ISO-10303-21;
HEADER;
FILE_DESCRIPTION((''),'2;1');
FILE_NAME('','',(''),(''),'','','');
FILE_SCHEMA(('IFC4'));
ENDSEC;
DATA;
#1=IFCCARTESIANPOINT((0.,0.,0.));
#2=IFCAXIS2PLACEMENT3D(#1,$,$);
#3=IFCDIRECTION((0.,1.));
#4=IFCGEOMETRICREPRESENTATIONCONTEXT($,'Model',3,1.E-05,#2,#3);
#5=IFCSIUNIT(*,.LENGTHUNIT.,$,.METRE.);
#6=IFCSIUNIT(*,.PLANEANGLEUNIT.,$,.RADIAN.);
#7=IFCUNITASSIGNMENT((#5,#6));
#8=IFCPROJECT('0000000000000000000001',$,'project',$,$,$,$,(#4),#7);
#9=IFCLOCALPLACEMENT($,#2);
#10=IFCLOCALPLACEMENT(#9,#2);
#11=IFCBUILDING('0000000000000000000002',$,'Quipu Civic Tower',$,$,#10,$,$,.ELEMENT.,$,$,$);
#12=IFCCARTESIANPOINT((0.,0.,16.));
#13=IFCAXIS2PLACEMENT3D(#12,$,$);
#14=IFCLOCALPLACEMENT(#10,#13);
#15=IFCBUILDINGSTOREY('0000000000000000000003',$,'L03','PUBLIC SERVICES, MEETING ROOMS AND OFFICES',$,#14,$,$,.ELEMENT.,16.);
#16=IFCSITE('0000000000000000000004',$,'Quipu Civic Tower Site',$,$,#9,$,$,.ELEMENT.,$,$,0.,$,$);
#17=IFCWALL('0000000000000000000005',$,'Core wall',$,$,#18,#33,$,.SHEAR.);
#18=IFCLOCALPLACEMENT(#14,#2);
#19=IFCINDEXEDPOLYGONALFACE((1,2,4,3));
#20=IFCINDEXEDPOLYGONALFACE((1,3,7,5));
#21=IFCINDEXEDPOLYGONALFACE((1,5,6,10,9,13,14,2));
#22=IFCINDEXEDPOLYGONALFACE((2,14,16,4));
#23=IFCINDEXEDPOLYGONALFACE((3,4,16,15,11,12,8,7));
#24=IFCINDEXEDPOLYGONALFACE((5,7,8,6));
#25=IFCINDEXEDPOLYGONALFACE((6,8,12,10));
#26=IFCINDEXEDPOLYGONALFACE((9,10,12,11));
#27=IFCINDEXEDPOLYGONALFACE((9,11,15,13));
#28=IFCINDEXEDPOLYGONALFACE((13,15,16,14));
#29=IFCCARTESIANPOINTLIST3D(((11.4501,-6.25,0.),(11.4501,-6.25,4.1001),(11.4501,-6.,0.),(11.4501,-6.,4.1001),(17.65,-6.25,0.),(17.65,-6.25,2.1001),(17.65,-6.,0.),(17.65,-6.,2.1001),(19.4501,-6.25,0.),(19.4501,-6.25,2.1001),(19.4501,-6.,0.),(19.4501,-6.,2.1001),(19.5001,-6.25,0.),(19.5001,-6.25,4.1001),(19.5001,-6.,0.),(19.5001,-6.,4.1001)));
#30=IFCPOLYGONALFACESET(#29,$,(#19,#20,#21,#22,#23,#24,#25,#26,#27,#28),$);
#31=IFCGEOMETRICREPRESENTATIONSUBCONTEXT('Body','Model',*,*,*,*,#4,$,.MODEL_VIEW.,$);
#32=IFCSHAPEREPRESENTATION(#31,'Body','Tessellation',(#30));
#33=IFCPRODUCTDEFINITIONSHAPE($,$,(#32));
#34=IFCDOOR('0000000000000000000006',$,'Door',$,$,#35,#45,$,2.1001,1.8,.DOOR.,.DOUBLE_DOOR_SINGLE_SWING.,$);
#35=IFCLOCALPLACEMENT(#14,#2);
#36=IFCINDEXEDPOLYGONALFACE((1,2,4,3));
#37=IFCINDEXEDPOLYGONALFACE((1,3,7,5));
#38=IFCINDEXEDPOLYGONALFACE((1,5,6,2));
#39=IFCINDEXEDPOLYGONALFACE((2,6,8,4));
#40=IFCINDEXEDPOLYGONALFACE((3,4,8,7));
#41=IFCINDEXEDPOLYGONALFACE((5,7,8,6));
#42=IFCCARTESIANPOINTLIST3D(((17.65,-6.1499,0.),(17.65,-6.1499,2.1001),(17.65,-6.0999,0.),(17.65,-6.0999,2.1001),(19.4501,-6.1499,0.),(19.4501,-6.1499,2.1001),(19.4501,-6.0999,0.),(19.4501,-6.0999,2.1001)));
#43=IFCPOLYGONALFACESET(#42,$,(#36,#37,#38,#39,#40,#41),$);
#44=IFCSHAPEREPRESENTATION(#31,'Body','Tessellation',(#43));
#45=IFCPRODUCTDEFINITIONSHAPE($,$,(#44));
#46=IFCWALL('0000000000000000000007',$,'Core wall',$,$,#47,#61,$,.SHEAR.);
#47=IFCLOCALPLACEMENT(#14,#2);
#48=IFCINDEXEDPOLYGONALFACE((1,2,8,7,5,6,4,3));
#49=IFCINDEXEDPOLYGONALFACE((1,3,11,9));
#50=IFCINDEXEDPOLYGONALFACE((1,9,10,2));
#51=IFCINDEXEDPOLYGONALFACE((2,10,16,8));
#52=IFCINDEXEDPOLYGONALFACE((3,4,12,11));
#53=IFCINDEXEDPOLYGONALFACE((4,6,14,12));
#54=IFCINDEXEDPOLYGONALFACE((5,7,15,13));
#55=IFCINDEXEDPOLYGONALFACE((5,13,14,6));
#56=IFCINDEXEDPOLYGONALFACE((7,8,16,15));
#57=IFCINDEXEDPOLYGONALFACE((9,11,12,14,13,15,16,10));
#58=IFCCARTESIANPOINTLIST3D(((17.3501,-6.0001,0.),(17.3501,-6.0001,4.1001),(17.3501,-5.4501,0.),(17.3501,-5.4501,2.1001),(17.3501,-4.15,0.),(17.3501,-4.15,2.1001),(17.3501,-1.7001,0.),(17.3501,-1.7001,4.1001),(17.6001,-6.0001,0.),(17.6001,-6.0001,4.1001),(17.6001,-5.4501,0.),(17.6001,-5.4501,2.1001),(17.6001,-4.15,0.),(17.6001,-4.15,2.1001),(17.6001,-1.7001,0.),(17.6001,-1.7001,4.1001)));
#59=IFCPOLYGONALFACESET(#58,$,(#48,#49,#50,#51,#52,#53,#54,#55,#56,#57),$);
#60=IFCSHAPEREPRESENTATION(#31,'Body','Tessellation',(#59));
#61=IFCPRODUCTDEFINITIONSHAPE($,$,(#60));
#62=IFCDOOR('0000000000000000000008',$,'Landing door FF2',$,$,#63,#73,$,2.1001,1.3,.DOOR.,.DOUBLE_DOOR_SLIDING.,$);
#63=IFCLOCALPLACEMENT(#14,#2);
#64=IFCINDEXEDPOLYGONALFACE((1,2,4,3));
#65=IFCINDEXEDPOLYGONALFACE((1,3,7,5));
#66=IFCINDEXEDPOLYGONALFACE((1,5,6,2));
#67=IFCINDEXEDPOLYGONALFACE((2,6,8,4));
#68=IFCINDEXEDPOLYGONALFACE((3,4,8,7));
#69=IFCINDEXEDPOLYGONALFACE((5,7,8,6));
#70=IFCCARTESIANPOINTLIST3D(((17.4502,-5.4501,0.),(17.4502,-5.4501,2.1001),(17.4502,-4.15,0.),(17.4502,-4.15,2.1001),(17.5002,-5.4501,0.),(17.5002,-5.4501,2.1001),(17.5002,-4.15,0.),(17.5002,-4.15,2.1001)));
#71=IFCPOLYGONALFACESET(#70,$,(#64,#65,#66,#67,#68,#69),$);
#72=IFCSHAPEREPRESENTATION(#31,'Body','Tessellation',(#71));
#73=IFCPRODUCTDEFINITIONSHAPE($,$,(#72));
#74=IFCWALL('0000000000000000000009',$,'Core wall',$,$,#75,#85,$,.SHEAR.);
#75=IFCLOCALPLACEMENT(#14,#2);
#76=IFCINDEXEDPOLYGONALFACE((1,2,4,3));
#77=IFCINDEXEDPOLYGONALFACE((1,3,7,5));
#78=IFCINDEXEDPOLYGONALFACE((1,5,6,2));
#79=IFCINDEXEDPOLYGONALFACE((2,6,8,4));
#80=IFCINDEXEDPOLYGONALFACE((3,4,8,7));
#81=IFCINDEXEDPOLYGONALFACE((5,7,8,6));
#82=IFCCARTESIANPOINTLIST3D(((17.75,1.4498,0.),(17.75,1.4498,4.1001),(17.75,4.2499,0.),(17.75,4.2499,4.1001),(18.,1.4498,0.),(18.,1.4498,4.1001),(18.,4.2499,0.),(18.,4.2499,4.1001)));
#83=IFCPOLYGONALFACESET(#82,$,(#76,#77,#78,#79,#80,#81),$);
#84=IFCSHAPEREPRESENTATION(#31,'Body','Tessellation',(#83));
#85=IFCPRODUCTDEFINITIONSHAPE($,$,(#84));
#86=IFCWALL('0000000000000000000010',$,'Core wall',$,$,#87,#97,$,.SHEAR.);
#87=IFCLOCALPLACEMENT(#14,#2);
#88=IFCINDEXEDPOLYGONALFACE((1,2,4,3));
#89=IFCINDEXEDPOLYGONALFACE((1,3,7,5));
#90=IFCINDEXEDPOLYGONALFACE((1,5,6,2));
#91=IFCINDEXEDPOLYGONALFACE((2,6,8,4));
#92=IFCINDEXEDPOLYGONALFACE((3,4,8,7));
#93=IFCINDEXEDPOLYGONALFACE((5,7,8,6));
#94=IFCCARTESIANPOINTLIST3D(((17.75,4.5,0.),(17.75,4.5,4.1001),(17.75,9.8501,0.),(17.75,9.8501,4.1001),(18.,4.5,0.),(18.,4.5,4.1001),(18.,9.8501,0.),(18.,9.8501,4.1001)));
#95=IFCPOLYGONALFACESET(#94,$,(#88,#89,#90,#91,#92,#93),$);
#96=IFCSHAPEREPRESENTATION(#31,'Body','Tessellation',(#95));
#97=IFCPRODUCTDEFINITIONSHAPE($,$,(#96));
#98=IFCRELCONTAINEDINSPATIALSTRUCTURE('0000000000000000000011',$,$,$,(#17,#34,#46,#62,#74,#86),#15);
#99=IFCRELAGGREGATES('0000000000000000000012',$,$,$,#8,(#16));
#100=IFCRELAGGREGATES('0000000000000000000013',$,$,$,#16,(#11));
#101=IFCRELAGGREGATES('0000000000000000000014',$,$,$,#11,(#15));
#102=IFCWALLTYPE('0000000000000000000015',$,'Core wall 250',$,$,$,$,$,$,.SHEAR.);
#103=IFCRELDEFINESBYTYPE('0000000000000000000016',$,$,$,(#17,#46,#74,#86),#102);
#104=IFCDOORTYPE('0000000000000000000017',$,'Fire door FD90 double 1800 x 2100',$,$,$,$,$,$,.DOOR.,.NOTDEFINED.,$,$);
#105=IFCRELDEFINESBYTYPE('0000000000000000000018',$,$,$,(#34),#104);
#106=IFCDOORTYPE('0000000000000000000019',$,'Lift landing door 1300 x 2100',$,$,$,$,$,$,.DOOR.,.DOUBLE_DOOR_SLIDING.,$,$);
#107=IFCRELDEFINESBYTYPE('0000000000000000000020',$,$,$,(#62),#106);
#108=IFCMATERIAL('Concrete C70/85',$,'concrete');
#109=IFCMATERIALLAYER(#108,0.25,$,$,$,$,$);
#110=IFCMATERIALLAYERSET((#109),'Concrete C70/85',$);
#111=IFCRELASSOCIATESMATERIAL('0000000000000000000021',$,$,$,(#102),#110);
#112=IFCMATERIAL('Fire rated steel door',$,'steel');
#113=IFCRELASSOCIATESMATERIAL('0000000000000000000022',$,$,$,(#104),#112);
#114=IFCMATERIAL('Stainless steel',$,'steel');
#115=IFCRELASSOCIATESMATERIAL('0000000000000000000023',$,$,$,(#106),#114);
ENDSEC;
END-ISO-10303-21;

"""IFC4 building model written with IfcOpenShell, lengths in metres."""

from ifc_helpers import new_model, si_unit, direction, frame, frame_2d, origin, place, context, subcontext, project, spatial, rectangle, extrude, material, layer, layer_set, type_object, element, fill, save


model = new_model("IFC4")

# Units and contexts
model_context = context("Model", 3, precision=1e-05, world=origin(), true_north=direction((0.0, 1.0)))
body_context = subcontext(model_context, "Body", "Model", "MODEL_VIEW")
ifc_project = project(units=[si_unit("LENGTHUNIT", "METRE"), si_unit("PLANEANGLEUNIT", "RADIAN")], contexts=[model_context])

# Site, building, storey
site_placement = place(None, origin())
site = spatial("IfcSite", under=ifc_project, at=site_placement, Name="Quipu Civic Tower Site", CompositionType="ELEMENT", RefElevation=0.0)
building_placement = place(site_placement, origin())
building = spatial("IfcBuilding", under=site, at=building_placement, Name="Quipu Civic Tower", CompositionType="ELEMENT")
storey_placement = place(building_placement, frame((0.0, 0.0, 16.0)))
storey = spatial("IfcBuildingStorey", under=building, at=storey_placement, Name="L03", Description="PUBLIC SERVICES, MEETING ROOMS AND OFFICES", CompositionType="ELEMENT", Elevation=16.0)

# Walls, openings, doors
ifc_material_1 = material(Name="Concrete C70/85", Category="concrete")
ifc_layer_1 = layer(ifc_material_1, 0.25)
ifc_layer_set_1 = layer_set([ifc_layer_1], Name="Concrete C70/85")
wall_type_1 = type_object("IfcWallType", Name="Core wall 250", PredefinedType="SHEAR", material=ifc_layer_set_1)
wall_1_placement = place(storey_placement, frame((19.5, -6.125, 0.0), z_axis=(0.0, 0.0, 1.0), x_axis=(-1.0, 0.0, 0.0)))
wall_1 = element("IfcWall", 1, at=wall_1_placement, inside=storey, type_object=wall_type_1, Name="Core wall", PredefinedType="SHEAR", context=body_context, shape_type="SweptSolid", body=[
    extrude(rectangle(XDim=8.05, YDim=0.25, at=frame_2d((4.0249, 0.0))), origin(), (0.0, 0.0, 1.0), 4.1001),
])
opening_1_placement = place(wall_1_placement, frame((0.05, 0.0, 0.0)))
opening_1 = element("IfcOpeningElement", 2, at=opening_1_placement, cuts=wall_1, PredefinedType="OPENING", context=body_context, shape_type="SweptSolid", body=[
    extrude(rectangle(XDim=1.8, YDim=2.1001, at=frame_2d((0.8999, 1.05))), frame((0.0, 0.135, 0.0), z_axis=(0.0, -1.0, 0.0), x_axis=(1.0, 0.0, 0.0)), (0.0, 0.0, 1.0), 0.27),
])
ifc_material_2 = material(Name="Fire rated steel door", Category="steel")
door_type_1 = type_object("IfcDoorType", Name="Fire door FD90 double 1800 x 2100", OperationType="NOTDEFINED", PredefinedType="DOOR", material=ifc_material_2)
door_1_placement = place(opening_1_placement, origin())
door_1 = element("IfcDoor", 3, at=door_1_placement, inside=storey, type_object=door_type_1, Name="Door", OperationType="DOUBLE_DOOR_SINGLE_SWING", OverallHeight=2.1001, OverallWidth=1.8, PredefinedType="DOOR", context=body_context, shape_type="SweptSolid", body=[
    extrude(rectangle(XDim=1.8, YDim=2.1001, at=frame_2d((0.8999, 1.05))), frame((0.0, 0.0249, 0.0), z_axis=(0.0, -1.0, 0.0), x_axis=(1.0, 0.0, 0.0)), (0.0, 0.0, 1.0), 0.05),
])
fill(opening_1, door_1)
wall_2_placement = place(storey_placement, frame((17.4751, -6.0, 0.0), z_axis=(0.0, 0.0, 1.0), x_axis=(0.0, 1.0, 0.0)))
wall_2 = element("IfcWall", 4, at=wall_2_placement, inside=storey, type_object=wall_type_1, Name="Core wall", PredefinedType="SHEAR", context=body_context, shape_type="SweptSolid", body=[
    extrude(rectangle(XDim=4.3, YDim=0.25, at=frame_2d((2.1499, 0.0))), origin(), (0.0, 0.0, 1.0), 4.1001),
])
opening_2_placement = place(wall_2_placement, frame((0.55, 0.0, 0.0)))
opening_2 = element("IfcOpeningElement", 5, at=opening_2_placement, cuts=wall_2, PredefinedType="OPENING", context=body_context, shape_type="SweptSolid", body=[
    extrude(rectangle(XDim=1.3, YDim=2.1001, at=frame_2d((0.6499, 1.05))), frame((0.0, 0.135, 0.0), z_axis=(0.0, -1.0, 0.0), x_axis=(1.0, 0.0, 0.0)), (0.0, 0.0, 1.0), 0.27),
])
ifc_material_3 = material(Name="Stainless steel", Category="steel")
door_type_2 = type_object("IfcDoorType", Name="Lift landing door 1300 x 2100", OperationType="DOUBLE_DOOR_SLIDING", PredefinedType="DOOR", material=ifc_material_3)
door_2_placement = place(opening_2_placement, origin())
door_2 = element("IfcDoor", 6, at=door_2_placement, inside=storey, type_object=door_type_2, Name="Landing door FF2", OperationType="DOUBLE_DOOR_SLIDING", OverallHeight=2.1001, OverallWidth=1.3, PredefinedType="DOOR", context=body_context, shape_type="SweptSolid", body=[
    extrude(rectangle(XDim=1.3, YDim=2.1001, at=frame_2d((0.6499, 1.05))), frame((0.0, 0.0249, 0.0), z_axis=(0.0, -1.0, 0.0), x_axis=(1.0, 0.0, 0.0)), (0.0, 0.0, 1.0), 0.05),
])
fill(opening_2, door_2)

# Walls
wall_3_placement = place(storey_placement, frame((17.875, 1.45, 0.0), z_axis=(0.0, 0.0, 1.0), x_axis=(0.0, 1.0, 0.0)))
element("IfcWall", 7, at=wall_3_placement, inside=storey, type_object=wall_type_1, Name="Core wall", PredefinedType="SHEAR", context=body_context, shape_type="SweptSolid", body=[
    extrude(rectangle(XDim=2.8, YDim=0.25, at=frame_2d((1.3999, 0.0))), origin(), (0.0, 0.0, 1.0), 4.1001),
])
wall_4_placement = place(storey_placement, frame((17.875, 4.5, 0.0), z_axis=(0.0, 0.0, 1.0), x_axis=(0.0, 1.0, 0.0)))
element("IfcWall", 8, at=wall_4_placement, inside=storey, type_object=wall_type_1, Name="Core wall", PredefinedType="SHEAR", context=body_context, shape_type="SweptSolid", body=[
    extrude(rectangle(XDim=5.3501, YDim=0.25, at=frame_2d((2.675, 0.0))), origin(), (0.0, 0.0, 1.0), 4.1001),
])

save(model, "model.ifc")
